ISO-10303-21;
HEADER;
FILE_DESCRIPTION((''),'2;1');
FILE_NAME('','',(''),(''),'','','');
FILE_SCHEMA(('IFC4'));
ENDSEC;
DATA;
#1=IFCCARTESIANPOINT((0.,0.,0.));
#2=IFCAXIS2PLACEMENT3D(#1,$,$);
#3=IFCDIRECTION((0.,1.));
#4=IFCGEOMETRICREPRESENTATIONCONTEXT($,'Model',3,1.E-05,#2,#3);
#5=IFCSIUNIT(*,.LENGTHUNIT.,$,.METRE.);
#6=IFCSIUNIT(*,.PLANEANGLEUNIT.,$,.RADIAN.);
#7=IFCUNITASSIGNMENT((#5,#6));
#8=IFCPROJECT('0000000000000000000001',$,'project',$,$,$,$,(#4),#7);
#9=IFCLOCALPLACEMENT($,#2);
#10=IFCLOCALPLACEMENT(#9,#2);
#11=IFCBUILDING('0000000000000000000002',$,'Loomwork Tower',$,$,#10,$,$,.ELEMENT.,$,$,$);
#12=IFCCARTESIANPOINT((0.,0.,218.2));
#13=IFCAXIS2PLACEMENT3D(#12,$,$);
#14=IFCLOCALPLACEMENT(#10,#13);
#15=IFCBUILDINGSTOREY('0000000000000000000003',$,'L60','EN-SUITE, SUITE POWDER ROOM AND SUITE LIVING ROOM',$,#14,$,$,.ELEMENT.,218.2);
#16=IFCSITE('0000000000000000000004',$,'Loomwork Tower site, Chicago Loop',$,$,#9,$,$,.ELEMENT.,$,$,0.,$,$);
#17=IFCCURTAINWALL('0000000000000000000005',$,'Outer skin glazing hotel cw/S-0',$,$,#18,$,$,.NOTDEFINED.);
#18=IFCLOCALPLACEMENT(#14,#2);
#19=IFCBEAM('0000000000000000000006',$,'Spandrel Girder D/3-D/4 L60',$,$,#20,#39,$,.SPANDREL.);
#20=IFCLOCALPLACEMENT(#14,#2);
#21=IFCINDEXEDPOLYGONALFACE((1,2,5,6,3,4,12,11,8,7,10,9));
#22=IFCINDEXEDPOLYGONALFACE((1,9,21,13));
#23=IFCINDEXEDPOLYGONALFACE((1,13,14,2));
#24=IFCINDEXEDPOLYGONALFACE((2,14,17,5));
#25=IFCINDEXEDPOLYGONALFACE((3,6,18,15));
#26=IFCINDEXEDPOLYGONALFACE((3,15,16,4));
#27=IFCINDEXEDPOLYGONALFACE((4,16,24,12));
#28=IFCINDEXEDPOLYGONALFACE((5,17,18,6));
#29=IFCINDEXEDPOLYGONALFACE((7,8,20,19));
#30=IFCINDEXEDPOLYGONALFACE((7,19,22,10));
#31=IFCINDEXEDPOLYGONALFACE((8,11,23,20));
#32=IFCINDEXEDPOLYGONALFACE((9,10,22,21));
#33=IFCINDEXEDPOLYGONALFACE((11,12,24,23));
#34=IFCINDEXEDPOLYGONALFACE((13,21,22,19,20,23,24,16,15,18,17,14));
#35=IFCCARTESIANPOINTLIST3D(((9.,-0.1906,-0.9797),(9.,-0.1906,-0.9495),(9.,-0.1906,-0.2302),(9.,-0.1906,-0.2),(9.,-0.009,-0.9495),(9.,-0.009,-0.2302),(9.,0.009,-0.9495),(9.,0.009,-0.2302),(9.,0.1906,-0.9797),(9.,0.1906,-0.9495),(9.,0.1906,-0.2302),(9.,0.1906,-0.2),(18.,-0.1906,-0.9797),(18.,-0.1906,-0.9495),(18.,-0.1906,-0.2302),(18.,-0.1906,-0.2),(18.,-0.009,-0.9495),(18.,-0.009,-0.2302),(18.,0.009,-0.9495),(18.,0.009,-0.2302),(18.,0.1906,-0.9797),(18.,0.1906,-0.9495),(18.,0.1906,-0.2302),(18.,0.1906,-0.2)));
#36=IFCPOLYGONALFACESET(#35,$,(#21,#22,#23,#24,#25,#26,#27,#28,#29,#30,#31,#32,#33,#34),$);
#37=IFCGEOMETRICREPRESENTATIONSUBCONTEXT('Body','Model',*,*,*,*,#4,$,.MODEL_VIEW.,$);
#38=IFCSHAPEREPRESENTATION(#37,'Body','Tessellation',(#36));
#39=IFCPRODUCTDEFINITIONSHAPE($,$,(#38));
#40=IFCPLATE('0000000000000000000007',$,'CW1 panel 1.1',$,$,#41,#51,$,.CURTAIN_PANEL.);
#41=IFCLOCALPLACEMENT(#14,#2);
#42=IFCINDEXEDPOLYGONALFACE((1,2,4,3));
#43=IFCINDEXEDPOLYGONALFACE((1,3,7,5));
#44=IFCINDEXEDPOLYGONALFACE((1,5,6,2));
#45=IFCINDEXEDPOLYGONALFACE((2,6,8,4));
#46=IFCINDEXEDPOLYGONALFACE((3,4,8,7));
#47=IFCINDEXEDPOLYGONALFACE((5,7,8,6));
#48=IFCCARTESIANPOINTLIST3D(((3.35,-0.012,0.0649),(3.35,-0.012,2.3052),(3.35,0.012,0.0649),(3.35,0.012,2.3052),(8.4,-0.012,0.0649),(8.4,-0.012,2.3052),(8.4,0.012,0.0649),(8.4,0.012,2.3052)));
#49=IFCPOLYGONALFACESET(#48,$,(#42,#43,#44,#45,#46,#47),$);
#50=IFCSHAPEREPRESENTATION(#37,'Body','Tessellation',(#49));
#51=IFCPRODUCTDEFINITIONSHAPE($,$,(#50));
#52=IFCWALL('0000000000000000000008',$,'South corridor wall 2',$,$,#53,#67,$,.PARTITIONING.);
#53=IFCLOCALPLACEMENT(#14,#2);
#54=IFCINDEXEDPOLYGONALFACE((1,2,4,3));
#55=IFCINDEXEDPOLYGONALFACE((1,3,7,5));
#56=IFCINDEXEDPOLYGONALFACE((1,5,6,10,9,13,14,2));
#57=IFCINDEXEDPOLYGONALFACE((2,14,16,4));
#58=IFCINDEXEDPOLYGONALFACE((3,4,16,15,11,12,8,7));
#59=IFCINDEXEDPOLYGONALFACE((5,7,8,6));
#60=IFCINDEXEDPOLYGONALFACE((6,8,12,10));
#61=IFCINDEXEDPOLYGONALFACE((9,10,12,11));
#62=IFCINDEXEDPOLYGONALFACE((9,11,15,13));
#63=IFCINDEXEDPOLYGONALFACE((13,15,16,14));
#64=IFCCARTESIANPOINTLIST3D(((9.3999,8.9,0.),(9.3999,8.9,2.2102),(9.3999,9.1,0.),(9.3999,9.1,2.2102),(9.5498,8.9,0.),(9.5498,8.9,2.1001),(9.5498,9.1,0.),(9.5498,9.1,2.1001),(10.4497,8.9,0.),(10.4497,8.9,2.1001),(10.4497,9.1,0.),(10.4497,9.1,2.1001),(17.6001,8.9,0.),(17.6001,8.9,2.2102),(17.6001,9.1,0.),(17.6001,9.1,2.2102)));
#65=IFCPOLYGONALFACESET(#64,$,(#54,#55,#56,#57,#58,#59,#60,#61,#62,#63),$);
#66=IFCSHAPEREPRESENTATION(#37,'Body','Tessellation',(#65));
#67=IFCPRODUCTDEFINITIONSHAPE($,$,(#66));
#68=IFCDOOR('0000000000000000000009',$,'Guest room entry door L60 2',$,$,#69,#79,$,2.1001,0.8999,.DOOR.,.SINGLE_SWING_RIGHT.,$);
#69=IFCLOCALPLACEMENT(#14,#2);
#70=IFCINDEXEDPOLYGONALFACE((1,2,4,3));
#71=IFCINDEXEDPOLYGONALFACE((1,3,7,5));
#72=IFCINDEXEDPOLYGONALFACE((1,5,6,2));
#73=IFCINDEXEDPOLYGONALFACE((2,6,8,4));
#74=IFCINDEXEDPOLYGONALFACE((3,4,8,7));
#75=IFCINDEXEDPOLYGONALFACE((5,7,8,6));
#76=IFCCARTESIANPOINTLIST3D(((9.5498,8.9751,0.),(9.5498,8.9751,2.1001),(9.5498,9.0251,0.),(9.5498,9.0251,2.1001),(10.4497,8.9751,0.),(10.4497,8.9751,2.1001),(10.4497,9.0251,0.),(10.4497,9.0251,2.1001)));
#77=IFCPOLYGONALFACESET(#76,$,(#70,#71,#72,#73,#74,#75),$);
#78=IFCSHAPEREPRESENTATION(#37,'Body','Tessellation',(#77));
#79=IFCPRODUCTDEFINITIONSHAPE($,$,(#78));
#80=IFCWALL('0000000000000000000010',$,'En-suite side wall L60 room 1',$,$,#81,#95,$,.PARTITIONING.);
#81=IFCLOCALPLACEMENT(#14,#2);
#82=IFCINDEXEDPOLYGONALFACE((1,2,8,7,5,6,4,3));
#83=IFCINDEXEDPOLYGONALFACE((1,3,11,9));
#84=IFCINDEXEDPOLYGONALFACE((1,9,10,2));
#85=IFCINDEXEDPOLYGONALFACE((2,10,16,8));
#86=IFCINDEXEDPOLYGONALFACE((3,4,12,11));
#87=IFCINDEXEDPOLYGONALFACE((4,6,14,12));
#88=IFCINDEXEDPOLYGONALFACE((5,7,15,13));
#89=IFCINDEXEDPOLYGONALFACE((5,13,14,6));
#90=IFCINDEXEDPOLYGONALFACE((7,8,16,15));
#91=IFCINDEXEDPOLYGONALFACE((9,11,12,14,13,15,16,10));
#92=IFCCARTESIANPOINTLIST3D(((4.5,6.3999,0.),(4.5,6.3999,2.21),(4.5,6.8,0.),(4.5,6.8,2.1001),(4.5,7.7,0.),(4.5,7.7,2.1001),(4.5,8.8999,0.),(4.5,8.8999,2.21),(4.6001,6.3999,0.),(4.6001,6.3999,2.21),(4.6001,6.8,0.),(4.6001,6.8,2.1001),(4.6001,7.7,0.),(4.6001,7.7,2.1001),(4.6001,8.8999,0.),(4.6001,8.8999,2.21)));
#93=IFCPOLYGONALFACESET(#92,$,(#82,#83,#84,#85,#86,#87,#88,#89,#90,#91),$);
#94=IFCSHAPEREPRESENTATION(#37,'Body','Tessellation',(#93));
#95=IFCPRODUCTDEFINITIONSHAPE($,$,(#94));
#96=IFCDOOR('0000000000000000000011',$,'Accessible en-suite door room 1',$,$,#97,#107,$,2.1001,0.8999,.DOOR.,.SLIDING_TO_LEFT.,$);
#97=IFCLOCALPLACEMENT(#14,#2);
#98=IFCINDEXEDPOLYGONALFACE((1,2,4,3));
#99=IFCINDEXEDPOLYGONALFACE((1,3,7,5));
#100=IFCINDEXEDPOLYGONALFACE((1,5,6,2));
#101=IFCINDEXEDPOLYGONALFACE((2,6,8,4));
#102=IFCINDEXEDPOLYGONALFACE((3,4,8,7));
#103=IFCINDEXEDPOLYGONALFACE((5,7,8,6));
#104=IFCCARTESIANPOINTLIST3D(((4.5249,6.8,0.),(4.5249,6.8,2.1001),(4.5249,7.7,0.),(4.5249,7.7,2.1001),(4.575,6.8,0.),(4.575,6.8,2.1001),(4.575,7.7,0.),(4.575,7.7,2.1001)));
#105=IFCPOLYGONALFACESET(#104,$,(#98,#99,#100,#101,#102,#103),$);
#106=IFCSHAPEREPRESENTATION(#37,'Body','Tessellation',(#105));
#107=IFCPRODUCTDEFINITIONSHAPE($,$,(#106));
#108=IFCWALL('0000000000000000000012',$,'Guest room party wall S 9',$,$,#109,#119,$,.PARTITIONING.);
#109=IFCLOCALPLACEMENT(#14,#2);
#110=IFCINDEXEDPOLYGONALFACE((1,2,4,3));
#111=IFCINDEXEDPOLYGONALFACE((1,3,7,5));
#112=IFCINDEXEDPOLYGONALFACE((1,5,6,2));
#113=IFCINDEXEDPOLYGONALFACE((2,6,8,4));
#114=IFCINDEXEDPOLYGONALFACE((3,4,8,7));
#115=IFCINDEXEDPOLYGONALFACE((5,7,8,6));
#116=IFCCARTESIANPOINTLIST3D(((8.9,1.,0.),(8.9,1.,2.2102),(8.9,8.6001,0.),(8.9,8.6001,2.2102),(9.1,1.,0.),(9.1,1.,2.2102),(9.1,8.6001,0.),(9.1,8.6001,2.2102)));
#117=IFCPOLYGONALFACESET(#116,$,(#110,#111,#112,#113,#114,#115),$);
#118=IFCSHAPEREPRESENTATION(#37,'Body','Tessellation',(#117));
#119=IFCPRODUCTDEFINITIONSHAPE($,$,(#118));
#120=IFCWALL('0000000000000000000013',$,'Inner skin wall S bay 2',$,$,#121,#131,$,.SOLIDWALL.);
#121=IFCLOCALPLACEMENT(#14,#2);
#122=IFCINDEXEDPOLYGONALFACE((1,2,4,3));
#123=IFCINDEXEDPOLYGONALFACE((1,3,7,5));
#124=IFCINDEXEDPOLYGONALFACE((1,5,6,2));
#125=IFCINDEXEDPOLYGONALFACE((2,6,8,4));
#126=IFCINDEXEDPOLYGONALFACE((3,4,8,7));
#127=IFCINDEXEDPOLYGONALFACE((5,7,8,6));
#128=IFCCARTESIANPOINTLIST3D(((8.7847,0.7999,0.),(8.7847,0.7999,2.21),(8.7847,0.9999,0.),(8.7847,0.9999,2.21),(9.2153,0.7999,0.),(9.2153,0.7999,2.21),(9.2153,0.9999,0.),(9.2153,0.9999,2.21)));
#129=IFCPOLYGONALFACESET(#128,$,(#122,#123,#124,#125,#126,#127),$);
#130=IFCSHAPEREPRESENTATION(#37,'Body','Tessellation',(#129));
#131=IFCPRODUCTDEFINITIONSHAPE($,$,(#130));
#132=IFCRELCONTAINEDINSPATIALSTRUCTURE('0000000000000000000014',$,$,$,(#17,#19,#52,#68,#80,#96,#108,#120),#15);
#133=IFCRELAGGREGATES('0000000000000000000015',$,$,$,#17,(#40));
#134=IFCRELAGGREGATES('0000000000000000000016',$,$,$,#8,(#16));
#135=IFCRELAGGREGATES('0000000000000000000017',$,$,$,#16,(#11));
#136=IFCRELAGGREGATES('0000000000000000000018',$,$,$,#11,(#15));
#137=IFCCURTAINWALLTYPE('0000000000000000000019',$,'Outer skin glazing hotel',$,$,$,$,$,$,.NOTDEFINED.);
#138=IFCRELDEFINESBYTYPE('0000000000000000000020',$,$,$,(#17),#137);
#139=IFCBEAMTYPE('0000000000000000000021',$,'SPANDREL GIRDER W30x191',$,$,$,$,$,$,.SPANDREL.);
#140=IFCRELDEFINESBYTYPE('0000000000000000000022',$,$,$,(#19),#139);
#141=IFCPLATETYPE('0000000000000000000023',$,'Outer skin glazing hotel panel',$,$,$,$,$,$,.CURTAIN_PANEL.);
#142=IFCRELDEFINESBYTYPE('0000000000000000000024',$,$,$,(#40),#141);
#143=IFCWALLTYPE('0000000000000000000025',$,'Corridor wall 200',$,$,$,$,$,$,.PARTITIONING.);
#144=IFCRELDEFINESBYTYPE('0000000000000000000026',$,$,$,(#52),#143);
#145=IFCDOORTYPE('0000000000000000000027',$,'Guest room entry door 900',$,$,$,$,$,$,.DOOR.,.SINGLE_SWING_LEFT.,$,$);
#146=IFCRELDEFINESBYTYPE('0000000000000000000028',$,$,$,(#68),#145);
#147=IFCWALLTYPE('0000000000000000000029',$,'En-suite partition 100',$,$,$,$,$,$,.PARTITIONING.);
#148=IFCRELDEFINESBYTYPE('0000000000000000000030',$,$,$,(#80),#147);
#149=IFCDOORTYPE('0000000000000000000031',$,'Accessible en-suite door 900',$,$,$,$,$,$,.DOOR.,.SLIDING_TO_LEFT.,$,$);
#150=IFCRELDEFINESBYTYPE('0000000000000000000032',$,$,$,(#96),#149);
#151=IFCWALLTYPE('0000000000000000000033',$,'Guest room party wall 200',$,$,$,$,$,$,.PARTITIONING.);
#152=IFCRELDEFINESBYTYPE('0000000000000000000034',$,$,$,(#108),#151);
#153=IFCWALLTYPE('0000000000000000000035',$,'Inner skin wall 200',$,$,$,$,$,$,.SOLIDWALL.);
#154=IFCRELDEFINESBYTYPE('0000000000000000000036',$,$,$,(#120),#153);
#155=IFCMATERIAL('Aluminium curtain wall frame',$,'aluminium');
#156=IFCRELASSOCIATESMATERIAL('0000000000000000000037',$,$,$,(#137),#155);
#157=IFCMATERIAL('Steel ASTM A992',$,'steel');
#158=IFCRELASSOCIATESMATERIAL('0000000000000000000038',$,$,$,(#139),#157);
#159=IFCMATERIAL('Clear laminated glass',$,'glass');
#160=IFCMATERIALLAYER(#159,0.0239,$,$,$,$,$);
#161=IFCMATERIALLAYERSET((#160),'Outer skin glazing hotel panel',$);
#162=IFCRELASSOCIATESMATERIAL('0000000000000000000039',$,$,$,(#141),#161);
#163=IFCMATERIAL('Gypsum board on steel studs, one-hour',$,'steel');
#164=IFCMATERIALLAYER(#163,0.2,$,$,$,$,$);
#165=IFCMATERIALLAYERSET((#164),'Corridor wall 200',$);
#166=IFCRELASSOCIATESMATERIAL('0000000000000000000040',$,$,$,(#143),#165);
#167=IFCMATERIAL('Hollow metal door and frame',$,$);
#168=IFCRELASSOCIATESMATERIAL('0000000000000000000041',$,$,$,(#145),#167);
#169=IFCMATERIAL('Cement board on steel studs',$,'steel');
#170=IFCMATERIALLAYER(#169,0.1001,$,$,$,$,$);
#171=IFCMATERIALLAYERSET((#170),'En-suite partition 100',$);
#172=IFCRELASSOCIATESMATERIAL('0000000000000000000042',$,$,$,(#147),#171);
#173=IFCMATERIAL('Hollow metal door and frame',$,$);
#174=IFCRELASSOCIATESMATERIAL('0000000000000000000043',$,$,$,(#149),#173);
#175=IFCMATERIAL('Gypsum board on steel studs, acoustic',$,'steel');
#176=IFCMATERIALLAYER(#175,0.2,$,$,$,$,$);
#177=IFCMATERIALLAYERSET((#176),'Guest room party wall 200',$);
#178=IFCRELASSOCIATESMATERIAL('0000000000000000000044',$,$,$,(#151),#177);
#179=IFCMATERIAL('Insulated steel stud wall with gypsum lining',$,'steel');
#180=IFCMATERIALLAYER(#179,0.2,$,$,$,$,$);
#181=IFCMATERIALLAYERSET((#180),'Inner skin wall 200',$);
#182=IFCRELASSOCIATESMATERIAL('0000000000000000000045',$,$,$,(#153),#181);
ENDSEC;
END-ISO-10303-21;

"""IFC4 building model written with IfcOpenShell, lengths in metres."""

from ifc_helpers import new_model, si_unit, direction, frame, frame_2d, origin, origin_2d, place, context, subcontext, project, spatial, rectangle, i_section, extrude, material, layer, layer_set, material_profile, profile_set, type_object, element, fill, aggregate, save


model = new_model("IFC4")

# Units and contexts
model_context = context("Model", 3, precision=1e-05, world=origin(), true_north=direction((0.0, 1.0)))
body_context = subcontext(model_context, "Body", "Model", "MODEL_VIEW")
ifc_project = project(units=[si_unit("LENGTHUNIT", "METRE"), si_unit("PLANEANGLEUNIT", "RADIAN")], contexts=[model_context])

# Site, building, storey
site_placement = place(None, origin())
site = spatial("IfcSite", under=ifc_project, at=site_placement, Name="Loomwork Tower site, Chicago Loop", CompositionType="ELEMENT", RefElevation=0.0)
building_placement = place(site_placement, origin())
building = spatial("IfcBuilding", under=site, at=building_placement, Name="Loomwork Tower", CompositionType="ELEMENT")
storey_placement = place(building_placement, frame((0.0, 0.0, 218.2)))
storey = spatial("IfcBuildingStorey", under=building, at=storey_placement, Name="L60", Description="EN-SUITE, SUITE POWDER ROOM AND SUITE LIVING ROOM", CompositionType="ELEMENT", Elevation=218.2)

# Curtain wall
ifc_material_1 = material(Name="Aluminium curtain wall frame", Category="aluminium")
curtain_wall_type = type_object("IfcCurtainWallType", Name="Outer skin glazing hotel", PredefinedType="NOTDEFINED", material=ifc_material_1)
curtain_wall_1_placement = place(storey_placement, origin())
curtain_wall_1 = element("IfcCurtainWall", 1, at=curtain_wall_1_placement, inside=storey, type_object=curtain_wall_type, Name="Outer skin glazing hotel cw/S-0", PredefinedType="NOTDEFINED")

# Beam
ifc_material_2 = material(Name="Steel ASTM A992", Category="steel")
ifc_material_profile_1 = material_profile(ifc_material_2, i_section(OverallWidth=0.3811, OverallDepth=0.7798, WebThickness=0.0181, FlangeThickness=0.0303, at=origin_2d()), Name="W30x191")
ifc_profile_set_1 = profile_set([ifc_material_profile_1], Name="Steel ASTM A992")
beam_type_1 = type_object("IfcBeamType", Name="SPANDREL GIRDER W30x191", PredefinedType="SPANDREL", material=ifc_profile_set_1)
beam_1_placement = place(storey_placement, frame((9.0, 0.0, -0.5898), z_axis=(1.0, 0.0, 0.0), x_axis=(0.0, 1.0, 0.0)))
element("IfcBeam", 2, at=beam_1_placement, inside=storey, type_object=beam_type_1, Name="Spandrel Girder D/3-D/4 L60", PredefinedType="SPANDREL", context=body_context, shape_type="SweptSolid", body=[
    extrude(i_section(OverallWidth=0.3811, OverallDepth=0.7798, WebThickness=0.0181, FlangeThickness=0.0303, at=origin_2d()), origin(), (0.0, 0.0, 1.0), 9.0),
])

# Plate
ifc_material_3 = material(Name="Clear laminated glass", Category="glass")
ifc_layer_1 = layer(ifc_material_3, 0.0239)
ifc_layer_set_1 = layer_set([ifc_layer_1], Name="Outer skin glazing hotel panel")
plate_type = type_object("IfcPlateType", Name="Outer skin glazing hotel panel", PredefinedType="CURTAIN_PANEL", material=ifc_layer_set_1)
plate_placement = place(storey_placement, frame((5.875, 0.0, 0.0649), z_axis=(0.0, 0.0, 1.0), x_axis=(1.0, 0.0, 0.0)))
plate = element("IfcPlate", 3, at=plate_placement, type_object=plate_type, Name="CW1 panel 1.1", PredefinedType="CURTAIN_PANEL", context=body_context, shape_type="SweptSolid", body=[
    extrude(rectangle(XDim=5.05, YDim=0.0239, at=origin_2d()), origin(), (0.0, 0.0, 1.0), 2.2402),
])
aggregate(curtain_wall_1, [plate])

# Walls, openings, doors
ifc_material_4 = material(Name="Gypsum board on steel studs, one-hour", Category="steel")
ifc_layer_2 = layer(ifc_material_4, 0.2)
ifc_layer_set_2 = layer_set([ifc_layer_2], Name="Corridor wall 200")
wall_type_1 = type_object("IfcWallType", Name="Corridor wall 200", PredefinedType="PARTITIONING", material=ifc_layer_set_2)
wall_1_placement = place(storey_placement, frame((9.3999, 9.0, 0.0), z_axis=(0.0, 0.0, 1.0), x_axis=(1.0, 0.0, 0.0)))
wall_1 = element("IfcWall", 4, at=wall_1_placement, inside=storey, type_object=wall_type_1, Name="South corridor wall 2", PredefinedType="PARTITIONING", context=body_context, shape_type="SweptSolid", body=[
    extrude(rectangle(XDim=8.2002, YDim=0.2, at=frame_2d((4.1001, 0.0))), origin(), (0.0, 0.0, 1.0), 2.2102),
])
opening_1_placement = place(wall_1_placement, frame((0.1499, 0.0, 0.0)))
opening_1 = element("IfcOpeningElement", 5, at=opening_1_placement, cuts=wall_1, PredefinedType="OPENING", context=body_context, shape_type="SweptSolid", body=[
    extrude(rectangle(XDim=0.8999, YDim=2.1001, at=frame_2d((0.45, 1.05))), frame((0.0, 0.1099, 0.0), z_axis=(0.0, -1.0, 0.0), x_axis=(1.0, 0.0, 0.0)), (0.0, 0.0, 1.0), 0.22),
])
ifc_material_5 = material(Name="Hollow metal door and frame")
door_type_1 = type_object("IfcDoorType", Name="Guest room entry door 900", OperationType="SINGLE_SWING_LEFT", PredefinedType="DOOR", material=ifc_material_5)
door_1_placement = place(opening_1_placement, frame((0.8999, 0.0, 0.0), z_axis=(0.0, 0.0, 1.0), x_axis=(-1.0, 0.0, 0.0)))
door_1 = element("IfcDoor", 6, at=door_1_placement, inside=storey, type_object=door_type_1, Name="Guest room entry door L60 2", OperationType="SINGLE_SWING_RIGHT", OverallHeight=2.1001, OverallWidth=0.8999, PredefinedType="DOOR", context=body_context, shape_type="SweptSolid", body=[
    extrude(rectangle(XDim=0.8999, YDim=2.1001, at=frame_2d((0.45, 1.05))), frame((0.0, 0.0249, 0.0), z_axis=(0.0, -1.0, 0.0), x_axis=(1.0, 0.0, 0.0)), (0.0, 0.0, 1.0), 0.05),
])
fill(opening_1, door_1)
ifc_material_6 = material(Name="Cement board on steel studs", Category="steel")
ifc_layer_3 = layer(ifc_material_6, 0.1001)
ifc_layer_set_3 = layer_set([ifc_layer_3], Name="En-suite partition 100")
wall_type_2 = type_object("IfcWallType", Name="En-suite partition 100", PredefinedType="PARTITIONING", material=ifc_layer_set_3)
wall_2_placement = place(storey_placement, frame((4.55, 8.8999, 0.0), z_axis=(0.0, 0.0, 1.0), x_axis=(0.0, -1.0, 0.0)))
wall_2 = element("IfcWall", 7, at=wall_2_placement, inside=storey, type_object=wall_type_2, Name="En-suite side wall L60 room 1", PredefinedType="PARTITIONING", context=body_context, shape_type="SweptSolid", body=[
    extrude(rectangle(XDim=2.5, YDim=0.1001, at=frame_2d((1.25, 0.0))), origin(), (0.0, 0.0, 1.0), 2.21),
])
opening_2_placement = place(wall_2_placement, frame((1.2, 0.0, 0.0)))
opening_2 = element("IfcOpeningElement", 8, at=opening_2_placement, cuts=wall_2, PredefinedType="OPENING", context=body_context, shape_type="SweptSolid", body=[
    extrude(rectangle(XDim=0.8999, YDim=2.1001, at=frame_2d((0.45, 1.05))), frame((0.0, 0.0601, 0.0), z_axis=(0.0, -1.0, 0.0), x_axis=(1.0, 0.0, 0.0)), (0.0, 0.0, 1.0), 0.1201),
])
ifc_material_7 = material(Name="Hollow metal door and frame")
door_type_2 = type_object("IfcDoorType", Name="Accessible en-suite door 900", OperationType="SLIDING_TO_LEFT", PredefinedType="DOOR", material=ifc_material_7)
door_2_placement = place(opening_2_placement, origin())
door_2 = element("IfcDoor", 9, at=door_2_placement, inside=storey, type_object=door_type_2, Name="Accessible en-suite door room 1", OperationType="SLIDING_TO_LEFT", OverallHeight=2.1001, OverallWidth=0.8999, PredefinedType="DOOR", context=body_context, shape_type="SweptSolid", body=[
    extrude(rectangle(XDim=0.8999, YDim=2.1001, at=frame_2d((0.45, 1.05))), frame((0.0, 0.0249, 0.0), z_axis=(0.0, -1.0, 0.0), x_axis=(1.0, 0.0, 0.0)), (0.0, 0.0, 1.0), 0.05),
])
fill(opening_2, door_2)

# Walls
ifc_material_8 = material(Name="Gypsum board on steel studs, acoustic", Category="steel")
ifc_layer_4 = layer(ifc_material_8, 0.2)
ifc_layer_set_4 = layer_set([ifc_layer_4], Name="Guest room party wall 200")
wall_type_3 = type_object("IfcWallType", Name="Guest room party wall 200", PredefinedType="PARTITIONING", material=ifc_layer_set_4)
wall_3_placement = place(storey_placement, frame((9.0, 8.6001, 0.0), z_axis=(0.0, 0.0, 1.0), x_axis=(0.0, -1.0, 0.0)))
element("IfcWall", 10, at=wall_3_placement, inside=storey, type_object=wall_type_3, Name="Guest room party wall S 9", PredefinedType="PARTITIONING", context=body_context, shape_type="SweptSolid", body=[
    extrude(rectangle(XDim=7.6001, YDim=0.2, at=frame_2d((3.8, 0.0))), origin(), (0.0, 0.0, 1.0), 2.2102),
])
ifc_material_9 = material(Name="Insulated steel stud wall with gypsum lining", Category="steel")
ifc_layer_5 = layer(ifc_material_9, 0.2)
ifc_layer_set_5 = layer_set([ifc_layer_5], Name="Inner skin wall 200")
wall_type_4 = type_object("IfcWallType", Name="Inner skin wall 200", PredefinedType="SOLIDWALL", material=ifc_layer_set_5)
wall_4_placement = place(storey_placement, frame((8.7847, 0.8999, 0.0), z_axis=(0.0, 0.0, 1.0), x_axis=(1.0, 0.0, 0.0)))
element("IfcWall", 11, at=wall_4_placement, inside=storey, type_object=wall_type_4, Name="Inner skin wall S bay 2", PredefinedType="SOLIDWALL", context=body_context, shape_type="SweptSolid", body=[
    extrude(rectangle(XDim=0.4307, YDim=0.2, at=frame_2d((0.2153, 0.0))), origin(), (0.0, 0.0, 1.0), 2.21),
])

save(model, "model.ifc")
